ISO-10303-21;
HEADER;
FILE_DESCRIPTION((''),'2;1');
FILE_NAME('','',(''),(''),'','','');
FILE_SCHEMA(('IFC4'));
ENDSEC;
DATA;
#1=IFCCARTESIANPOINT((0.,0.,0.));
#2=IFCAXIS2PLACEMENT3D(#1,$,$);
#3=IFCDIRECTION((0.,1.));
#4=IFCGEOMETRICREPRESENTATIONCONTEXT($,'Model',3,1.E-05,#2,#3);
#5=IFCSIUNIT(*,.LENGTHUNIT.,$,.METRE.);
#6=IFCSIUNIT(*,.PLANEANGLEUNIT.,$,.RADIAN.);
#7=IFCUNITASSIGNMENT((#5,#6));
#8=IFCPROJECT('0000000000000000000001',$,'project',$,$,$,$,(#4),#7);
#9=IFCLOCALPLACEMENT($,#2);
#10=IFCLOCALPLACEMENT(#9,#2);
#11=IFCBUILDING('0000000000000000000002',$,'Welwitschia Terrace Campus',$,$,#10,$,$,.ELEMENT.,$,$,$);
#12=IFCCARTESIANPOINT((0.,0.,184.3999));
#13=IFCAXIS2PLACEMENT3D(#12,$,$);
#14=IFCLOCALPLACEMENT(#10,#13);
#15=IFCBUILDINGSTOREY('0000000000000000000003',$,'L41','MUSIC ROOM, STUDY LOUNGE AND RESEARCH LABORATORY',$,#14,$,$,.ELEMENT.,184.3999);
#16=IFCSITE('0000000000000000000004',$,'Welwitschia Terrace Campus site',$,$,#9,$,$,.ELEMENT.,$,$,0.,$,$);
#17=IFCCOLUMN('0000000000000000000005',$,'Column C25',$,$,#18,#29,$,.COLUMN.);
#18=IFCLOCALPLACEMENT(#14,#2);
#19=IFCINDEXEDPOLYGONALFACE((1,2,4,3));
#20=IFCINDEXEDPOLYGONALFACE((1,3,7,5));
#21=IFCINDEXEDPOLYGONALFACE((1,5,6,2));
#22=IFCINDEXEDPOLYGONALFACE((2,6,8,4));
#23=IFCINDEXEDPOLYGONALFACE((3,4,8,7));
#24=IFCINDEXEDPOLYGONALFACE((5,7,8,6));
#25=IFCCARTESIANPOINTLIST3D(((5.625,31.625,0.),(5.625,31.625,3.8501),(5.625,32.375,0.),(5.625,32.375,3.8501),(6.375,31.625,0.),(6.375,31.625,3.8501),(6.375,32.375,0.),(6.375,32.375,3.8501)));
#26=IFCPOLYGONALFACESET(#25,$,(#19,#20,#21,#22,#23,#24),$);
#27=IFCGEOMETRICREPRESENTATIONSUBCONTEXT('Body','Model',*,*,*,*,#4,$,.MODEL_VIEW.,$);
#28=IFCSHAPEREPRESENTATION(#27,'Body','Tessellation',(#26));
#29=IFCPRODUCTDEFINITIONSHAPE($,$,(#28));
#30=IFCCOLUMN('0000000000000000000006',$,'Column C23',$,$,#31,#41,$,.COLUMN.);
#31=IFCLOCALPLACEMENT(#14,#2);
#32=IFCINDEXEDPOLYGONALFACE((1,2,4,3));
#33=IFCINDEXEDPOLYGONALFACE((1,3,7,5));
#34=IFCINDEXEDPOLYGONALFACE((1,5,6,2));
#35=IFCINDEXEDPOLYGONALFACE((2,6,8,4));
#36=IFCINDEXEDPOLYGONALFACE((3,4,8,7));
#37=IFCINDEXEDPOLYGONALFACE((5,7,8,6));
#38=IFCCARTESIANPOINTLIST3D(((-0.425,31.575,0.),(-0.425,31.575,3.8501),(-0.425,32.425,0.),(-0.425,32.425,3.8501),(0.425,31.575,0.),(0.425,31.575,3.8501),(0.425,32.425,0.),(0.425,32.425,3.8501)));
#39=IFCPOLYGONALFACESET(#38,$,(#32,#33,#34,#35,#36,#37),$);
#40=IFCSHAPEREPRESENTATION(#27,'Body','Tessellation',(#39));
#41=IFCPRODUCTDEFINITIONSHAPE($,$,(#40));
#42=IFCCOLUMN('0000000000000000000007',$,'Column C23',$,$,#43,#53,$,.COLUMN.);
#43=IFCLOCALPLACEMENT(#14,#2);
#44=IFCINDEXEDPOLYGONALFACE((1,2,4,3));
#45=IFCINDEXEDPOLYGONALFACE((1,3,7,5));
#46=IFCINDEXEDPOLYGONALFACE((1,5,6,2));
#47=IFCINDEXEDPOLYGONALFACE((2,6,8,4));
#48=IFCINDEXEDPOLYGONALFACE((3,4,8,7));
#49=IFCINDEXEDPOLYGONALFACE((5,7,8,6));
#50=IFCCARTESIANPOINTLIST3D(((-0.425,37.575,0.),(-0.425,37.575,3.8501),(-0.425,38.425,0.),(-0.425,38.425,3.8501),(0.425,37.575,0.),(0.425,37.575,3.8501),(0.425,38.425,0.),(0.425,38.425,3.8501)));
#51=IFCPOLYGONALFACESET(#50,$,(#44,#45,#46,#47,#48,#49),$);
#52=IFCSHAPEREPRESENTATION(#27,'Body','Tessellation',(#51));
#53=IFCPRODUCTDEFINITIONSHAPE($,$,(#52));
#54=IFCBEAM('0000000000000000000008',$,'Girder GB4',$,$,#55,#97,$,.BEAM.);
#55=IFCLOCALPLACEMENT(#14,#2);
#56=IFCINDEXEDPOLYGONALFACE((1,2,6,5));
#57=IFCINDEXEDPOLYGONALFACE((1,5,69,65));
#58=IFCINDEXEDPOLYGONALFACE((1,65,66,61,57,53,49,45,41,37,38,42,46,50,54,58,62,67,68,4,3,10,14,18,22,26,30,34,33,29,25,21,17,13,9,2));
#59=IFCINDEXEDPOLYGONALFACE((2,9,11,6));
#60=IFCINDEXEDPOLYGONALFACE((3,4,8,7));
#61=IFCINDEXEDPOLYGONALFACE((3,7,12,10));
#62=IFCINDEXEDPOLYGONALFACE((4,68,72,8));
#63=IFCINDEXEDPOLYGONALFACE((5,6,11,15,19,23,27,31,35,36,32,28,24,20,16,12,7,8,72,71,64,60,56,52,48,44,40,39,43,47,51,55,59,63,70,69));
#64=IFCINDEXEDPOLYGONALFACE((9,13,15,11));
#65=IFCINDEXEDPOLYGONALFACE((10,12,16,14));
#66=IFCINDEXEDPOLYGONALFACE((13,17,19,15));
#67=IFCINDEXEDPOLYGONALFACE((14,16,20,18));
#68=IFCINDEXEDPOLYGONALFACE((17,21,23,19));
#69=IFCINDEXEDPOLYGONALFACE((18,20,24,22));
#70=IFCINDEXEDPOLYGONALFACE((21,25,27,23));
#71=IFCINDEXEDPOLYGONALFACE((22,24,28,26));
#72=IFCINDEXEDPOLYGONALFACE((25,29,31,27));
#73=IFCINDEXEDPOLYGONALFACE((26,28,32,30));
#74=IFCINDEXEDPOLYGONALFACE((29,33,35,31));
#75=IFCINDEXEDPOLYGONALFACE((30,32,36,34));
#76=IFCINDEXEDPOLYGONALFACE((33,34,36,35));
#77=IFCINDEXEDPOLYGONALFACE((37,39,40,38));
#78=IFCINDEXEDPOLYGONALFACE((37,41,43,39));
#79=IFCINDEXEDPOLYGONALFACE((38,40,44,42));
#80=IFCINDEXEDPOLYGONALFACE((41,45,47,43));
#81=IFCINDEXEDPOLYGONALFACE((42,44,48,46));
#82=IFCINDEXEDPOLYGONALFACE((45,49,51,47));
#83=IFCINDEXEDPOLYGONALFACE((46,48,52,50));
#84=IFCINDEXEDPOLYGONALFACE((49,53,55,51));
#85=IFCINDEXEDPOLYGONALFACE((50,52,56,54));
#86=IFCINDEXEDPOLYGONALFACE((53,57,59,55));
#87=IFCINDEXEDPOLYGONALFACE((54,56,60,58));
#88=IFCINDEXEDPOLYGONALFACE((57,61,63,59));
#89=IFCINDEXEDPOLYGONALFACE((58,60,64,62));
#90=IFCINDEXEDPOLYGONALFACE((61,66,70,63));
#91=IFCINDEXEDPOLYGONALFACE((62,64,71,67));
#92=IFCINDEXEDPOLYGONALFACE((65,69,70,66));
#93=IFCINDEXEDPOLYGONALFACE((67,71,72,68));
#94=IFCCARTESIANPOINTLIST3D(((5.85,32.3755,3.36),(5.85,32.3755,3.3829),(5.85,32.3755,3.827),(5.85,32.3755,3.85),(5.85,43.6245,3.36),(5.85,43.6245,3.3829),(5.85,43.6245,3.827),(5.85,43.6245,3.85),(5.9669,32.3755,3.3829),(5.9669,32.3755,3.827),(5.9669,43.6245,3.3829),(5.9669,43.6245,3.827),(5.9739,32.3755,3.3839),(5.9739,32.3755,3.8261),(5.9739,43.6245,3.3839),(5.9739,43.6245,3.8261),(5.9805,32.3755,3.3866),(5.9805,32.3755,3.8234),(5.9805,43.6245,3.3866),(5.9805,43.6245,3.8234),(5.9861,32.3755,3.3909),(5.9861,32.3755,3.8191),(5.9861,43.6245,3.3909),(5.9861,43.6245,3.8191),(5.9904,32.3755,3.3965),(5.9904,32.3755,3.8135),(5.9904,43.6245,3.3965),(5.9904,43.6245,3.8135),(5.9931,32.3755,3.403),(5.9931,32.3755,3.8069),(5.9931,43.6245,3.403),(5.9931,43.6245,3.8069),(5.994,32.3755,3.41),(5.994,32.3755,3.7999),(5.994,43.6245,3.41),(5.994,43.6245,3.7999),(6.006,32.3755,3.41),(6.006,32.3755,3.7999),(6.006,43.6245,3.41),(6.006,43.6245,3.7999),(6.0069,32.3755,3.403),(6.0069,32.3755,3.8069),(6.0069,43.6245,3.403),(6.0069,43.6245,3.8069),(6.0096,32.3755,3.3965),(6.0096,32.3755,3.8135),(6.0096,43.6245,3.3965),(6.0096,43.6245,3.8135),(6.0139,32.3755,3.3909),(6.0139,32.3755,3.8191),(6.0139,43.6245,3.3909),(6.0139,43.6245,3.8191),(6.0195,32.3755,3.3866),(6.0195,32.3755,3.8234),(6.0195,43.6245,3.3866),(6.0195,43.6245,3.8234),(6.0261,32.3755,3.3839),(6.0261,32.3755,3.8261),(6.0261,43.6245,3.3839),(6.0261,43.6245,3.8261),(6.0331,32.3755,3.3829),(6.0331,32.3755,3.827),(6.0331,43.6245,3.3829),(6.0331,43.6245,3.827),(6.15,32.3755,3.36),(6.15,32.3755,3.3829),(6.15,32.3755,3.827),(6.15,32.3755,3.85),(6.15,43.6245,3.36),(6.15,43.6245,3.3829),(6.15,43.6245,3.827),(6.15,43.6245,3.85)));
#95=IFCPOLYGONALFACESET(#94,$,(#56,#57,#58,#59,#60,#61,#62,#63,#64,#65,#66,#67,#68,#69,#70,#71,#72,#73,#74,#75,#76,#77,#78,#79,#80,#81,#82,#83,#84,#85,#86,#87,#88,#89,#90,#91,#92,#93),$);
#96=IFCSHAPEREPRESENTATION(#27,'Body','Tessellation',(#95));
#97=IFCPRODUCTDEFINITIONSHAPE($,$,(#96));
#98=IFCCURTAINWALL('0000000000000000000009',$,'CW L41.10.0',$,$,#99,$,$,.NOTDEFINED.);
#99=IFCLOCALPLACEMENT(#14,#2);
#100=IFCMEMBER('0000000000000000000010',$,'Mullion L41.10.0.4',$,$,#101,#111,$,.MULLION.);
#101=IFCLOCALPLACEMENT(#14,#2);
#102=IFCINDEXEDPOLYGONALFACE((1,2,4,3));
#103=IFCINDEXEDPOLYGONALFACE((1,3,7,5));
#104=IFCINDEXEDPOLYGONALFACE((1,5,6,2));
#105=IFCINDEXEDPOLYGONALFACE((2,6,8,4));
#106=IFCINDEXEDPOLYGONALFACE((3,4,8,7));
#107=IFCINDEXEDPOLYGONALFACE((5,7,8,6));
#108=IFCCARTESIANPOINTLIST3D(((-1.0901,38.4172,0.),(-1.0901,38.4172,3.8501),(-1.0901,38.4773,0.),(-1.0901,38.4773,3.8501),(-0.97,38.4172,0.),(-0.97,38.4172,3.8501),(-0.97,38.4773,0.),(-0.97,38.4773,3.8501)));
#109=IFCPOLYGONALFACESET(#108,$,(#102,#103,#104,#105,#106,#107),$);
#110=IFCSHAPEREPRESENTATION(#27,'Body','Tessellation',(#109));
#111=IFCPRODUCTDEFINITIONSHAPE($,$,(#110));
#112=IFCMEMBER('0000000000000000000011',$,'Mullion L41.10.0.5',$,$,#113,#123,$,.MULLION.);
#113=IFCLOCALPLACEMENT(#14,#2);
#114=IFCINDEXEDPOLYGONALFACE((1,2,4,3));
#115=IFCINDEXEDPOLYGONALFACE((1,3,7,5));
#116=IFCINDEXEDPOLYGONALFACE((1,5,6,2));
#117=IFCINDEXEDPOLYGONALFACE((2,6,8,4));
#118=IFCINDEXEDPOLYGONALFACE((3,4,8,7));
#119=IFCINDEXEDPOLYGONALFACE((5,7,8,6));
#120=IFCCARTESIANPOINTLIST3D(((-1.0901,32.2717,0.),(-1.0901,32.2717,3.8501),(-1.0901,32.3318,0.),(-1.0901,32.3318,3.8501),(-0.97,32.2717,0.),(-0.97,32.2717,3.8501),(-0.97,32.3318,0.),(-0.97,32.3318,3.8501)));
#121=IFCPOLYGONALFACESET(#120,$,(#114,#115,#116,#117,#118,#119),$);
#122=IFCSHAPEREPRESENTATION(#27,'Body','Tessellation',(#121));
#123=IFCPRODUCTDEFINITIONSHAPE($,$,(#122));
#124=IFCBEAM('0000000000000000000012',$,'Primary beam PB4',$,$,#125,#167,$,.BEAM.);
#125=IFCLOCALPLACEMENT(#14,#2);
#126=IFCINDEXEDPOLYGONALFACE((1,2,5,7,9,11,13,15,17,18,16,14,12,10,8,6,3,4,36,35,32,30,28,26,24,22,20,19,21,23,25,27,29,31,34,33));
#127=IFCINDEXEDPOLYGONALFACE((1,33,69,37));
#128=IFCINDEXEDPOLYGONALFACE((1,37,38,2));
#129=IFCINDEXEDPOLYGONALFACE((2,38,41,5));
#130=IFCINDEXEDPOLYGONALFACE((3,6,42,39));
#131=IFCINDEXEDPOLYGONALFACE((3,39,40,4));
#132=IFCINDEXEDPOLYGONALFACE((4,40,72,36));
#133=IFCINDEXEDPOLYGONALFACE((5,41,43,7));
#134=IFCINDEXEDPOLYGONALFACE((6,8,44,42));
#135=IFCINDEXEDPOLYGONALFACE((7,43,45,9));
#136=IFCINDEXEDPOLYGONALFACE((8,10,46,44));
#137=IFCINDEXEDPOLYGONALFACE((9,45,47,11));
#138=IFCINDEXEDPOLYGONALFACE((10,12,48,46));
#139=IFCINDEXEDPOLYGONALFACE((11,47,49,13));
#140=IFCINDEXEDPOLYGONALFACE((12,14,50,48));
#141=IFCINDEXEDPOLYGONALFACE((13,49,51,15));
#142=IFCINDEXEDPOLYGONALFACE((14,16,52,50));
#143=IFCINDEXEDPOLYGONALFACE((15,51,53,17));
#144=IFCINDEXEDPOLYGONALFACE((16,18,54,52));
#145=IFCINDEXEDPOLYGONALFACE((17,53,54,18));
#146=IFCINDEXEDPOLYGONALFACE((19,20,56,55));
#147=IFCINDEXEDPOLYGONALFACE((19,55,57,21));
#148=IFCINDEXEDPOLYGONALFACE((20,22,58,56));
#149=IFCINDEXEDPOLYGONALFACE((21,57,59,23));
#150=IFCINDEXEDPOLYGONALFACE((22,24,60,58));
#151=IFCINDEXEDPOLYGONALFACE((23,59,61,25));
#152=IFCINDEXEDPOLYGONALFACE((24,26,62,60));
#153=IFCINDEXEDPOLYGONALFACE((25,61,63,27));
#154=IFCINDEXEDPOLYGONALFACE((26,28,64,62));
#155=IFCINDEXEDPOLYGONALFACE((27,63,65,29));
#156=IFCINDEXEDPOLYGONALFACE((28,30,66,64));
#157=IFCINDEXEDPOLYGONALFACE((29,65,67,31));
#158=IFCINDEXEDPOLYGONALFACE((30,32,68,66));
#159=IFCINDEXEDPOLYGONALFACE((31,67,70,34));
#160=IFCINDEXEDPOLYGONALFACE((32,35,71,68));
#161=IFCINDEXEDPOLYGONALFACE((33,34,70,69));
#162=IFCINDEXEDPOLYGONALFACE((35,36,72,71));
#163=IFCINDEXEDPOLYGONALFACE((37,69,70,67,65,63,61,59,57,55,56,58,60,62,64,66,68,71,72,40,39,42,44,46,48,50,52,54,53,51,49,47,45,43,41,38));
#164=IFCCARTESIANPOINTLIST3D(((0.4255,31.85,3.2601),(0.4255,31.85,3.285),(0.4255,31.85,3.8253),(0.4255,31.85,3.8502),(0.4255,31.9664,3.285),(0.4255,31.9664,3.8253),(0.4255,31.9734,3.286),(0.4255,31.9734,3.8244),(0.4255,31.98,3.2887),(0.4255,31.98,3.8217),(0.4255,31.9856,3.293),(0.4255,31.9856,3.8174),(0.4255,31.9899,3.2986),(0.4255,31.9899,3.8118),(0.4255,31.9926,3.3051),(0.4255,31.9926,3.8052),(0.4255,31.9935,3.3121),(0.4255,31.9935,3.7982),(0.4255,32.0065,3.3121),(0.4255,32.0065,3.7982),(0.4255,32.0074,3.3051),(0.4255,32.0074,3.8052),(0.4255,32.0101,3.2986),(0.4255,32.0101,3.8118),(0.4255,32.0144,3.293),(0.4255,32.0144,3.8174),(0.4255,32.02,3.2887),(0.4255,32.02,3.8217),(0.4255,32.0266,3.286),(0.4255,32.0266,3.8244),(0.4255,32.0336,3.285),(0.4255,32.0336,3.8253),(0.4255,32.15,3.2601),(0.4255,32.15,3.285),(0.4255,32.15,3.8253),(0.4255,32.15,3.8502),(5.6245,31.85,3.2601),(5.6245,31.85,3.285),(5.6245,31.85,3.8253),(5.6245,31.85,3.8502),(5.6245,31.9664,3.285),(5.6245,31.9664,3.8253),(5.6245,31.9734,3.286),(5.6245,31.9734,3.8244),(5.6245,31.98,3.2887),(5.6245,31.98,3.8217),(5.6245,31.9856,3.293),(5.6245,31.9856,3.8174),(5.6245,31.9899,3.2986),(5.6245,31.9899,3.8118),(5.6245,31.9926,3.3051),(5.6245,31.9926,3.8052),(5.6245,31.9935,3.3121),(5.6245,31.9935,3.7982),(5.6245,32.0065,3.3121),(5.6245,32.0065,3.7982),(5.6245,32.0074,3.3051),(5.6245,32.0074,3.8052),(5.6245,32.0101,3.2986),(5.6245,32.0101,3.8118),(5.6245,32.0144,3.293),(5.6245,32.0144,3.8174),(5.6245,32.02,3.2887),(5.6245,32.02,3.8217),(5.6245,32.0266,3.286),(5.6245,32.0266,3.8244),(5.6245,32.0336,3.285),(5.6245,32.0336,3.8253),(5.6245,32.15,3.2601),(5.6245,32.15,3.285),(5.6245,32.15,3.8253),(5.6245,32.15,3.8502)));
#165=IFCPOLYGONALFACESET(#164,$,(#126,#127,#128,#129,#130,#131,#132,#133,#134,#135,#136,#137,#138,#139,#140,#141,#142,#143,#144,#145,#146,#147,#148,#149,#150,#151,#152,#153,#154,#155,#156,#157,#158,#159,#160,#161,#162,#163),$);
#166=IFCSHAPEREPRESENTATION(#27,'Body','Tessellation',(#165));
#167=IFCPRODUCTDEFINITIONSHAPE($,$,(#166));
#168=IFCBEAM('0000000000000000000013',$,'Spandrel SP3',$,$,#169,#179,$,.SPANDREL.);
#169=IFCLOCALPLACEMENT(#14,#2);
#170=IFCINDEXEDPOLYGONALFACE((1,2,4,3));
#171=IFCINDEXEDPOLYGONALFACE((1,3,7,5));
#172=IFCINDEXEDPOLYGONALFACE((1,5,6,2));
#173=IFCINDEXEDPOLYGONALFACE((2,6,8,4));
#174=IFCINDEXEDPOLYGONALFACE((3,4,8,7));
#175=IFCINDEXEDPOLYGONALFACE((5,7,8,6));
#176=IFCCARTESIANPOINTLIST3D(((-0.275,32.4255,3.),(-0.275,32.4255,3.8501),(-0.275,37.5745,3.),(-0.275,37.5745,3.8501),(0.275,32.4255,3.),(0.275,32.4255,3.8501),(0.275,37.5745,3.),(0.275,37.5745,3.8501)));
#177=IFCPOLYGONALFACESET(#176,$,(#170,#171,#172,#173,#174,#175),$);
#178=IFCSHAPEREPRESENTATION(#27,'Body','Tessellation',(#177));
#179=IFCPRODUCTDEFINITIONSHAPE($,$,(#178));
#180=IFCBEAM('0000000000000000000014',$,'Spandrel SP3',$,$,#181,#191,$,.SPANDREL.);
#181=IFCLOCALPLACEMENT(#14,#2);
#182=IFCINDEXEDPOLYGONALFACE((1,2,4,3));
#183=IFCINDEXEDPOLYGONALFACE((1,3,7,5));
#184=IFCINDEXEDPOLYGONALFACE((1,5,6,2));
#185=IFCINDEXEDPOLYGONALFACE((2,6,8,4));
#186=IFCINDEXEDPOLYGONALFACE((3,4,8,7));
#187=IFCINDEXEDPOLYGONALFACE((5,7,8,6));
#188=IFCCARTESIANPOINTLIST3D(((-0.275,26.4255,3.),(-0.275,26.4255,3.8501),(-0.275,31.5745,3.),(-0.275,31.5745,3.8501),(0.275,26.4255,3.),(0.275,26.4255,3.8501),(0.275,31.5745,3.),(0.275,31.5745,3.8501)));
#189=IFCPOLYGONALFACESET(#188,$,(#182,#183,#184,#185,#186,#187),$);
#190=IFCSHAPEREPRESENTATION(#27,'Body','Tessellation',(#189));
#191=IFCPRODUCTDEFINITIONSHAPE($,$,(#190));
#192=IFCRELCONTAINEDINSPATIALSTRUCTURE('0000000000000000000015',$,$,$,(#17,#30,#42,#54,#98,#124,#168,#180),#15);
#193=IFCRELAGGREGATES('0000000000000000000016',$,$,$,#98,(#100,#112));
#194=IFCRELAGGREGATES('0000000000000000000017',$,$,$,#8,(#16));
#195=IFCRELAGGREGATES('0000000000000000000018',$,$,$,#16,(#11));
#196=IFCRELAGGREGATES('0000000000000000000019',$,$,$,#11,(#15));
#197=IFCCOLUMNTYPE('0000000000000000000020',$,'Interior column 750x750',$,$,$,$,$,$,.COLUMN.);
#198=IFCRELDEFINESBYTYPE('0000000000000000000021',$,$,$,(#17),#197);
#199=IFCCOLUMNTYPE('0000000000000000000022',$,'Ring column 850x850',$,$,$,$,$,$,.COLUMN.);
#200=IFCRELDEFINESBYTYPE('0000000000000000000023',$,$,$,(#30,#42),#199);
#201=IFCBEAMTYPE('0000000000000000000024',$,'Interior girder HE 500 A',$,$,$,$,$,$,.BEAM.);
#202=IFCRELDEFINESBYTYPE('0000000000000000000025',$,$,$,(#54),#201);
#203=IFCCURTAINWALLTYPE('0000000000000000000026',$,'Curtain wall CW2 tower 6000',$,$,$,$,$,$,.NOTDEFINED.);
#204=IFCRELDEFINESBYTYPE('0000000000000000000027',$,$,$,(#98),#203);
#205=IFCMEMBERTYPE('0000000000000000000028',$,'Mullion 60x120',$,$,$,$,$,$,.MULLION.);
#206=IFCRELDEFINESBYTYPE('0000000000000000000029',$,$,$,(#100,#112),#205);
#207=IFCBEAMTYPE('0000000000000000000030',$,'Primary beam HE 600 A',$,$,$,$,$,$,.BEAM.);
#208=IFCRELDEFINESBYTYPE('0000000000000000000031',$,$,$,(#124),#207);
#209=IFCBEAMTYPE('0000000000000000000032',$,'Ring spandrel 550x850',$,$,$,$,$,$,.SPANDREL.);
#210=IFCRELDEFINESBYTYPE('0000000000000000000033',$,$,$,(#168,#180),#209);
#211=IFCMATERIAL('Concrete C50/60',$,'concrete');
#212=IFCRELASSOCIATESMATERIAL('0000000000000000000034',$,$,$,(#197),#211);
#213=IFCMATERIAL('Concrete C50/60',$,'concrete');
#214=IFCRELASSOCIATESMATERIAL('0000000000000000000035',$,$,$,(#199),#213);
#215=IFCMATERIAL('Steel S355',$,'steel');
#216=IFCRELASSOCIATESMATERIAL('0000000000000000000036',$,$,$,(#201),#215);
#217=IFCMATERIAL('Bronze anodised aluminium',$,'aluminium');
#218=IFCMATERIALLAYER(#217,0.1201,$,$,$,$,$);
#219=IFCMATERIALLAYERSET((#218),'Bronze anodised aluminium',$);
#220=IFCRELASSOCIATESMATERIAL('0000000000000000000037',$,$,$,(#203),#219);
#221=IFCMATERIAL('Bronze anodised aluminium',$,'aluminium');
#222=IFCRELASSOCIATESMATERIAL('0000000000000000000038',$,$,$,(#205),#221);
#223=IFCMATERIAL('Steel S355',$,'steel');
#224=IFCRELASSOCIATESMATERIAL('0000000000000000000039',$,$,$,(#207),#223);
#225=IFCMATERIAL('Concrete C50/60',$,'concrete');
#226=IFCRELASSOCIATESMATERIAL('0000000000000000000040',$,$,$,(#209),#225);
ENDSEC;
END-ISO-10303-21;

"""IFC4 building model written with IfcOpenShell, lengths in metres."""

from ifc_helpers import new_model, si_unit, direction, frame, origin, origin_2d, place, context, subcontext, project, spatial, rectangle, i_section, extrude, material, layer, layer_set, material_profile, profile_set, type_object, element, aggregate, save


model = new_model("IFC4")

# Units and contexts
model_context = context("Model", 3, precision=1e-05, world=origin(), true_north=direction((0.0, 1.0)))
body_context = subcontext(model_context, "Body", "Model", "MODEL_VIEW")
ifc_project = project(units=[si_unit("LENGTHUNIT", "METRE"), si_unit("PLANEANGLEUNIT", "RADIAN")], contexts=[model_context])

# Site, building, storey
site_placement = place(None, origin())
site = spatial("IfcSite", under=ifc_project, at=site_placement, Name="Welwitschia Terrace Campus site", CompositionType="ELEMENT", RefElevation=0.0)
building_placement = place(site_placement, origin())
building = spatial("IfcBuilding", under=site, at=building_placement, Name="Welwitschia Terrace Campus", CompositionType="ELEMENT")
storey_placement = place(building_placement, frame((0.0, 0.0, 184.3999)))
storey = spatial("IfcBuildingStorey", under=building, at=storey_placement, Name="L41", Description="MUSIC ROOM, STUDY LOUNGE AND RESEARCH LABORATORY", CompositionType="ELEMENT", Elevation=184.3999)

# Columns
ifc_material_1 = material(Name="Concrete C50/60", Category="concrete")
ifc_material_profile_1 = material_profile(ifc_material_1, rectangle(XDim=0.75, YDim=0.75, at=origin_2d()))
ifc_profile_set_1 = profile_set([ifc_material_profile_1], Name="Concrete C50/60")
column_type_1 = type_object("IfcColumnType", Name="Interior column 750x750", PredefinedType="COLUMN", material=ifc_profile_set_1)
column_placement = place(storey_placement, frame((6.0, 32.0, 0.0), z_axis=(0.0, 0.0, 1.0), x_axis=(1.0, 0.0, 0.0)))
element("IfcColumn", 1, at=column_placement, inside=storey, type_object=column_type_1, Name="Column C25", PredefinedType="COLUMN", context=body_context, shape_type="SweptSolid", body=[
    extrude(rectangle(XDim=0.75, YDim=0.75, at=origin_2d()), origin(), (0.0, 0.0, 1.0), 3.8501),
])
ifc_material_2 = material(Name="Concrete C50/60", Category="concrete")
ifc_material_profile_2 = material_profile(ifc_material_2, rectangle(XDim=0.8501, YDim=0.8501, at=origin_2d()))
ifc_profile_set_2 = profile_set([ifc_material_profile_2], Name="Concrete C50/60")
column_type_2 = type_object("IfcColumnType", Name="Ring column 850x850", PredefinedType="COLUMN", material=ifc_profile_set_2)
for number, where, z_axis, x_axis, name in (
    (2, (0.0, 32.0, 0.0), (0.0, 0.0, 1.0), (1.0, 0.0, 0.0), "Column C23"),
    (3, (0.0, 38.0, 0.0), (0.0, 0.0, 1.0), (1.0, 0.0, 0.0), "Column C23"),
):
    element("IfcColumn", number, at=place(storey_placement, frame(where, z_axis=z_axis, x_axis=x_axis)), inside=storey, type_object=column_type_2, Name=name, PredefinedType="COLUMN", context=body_context, shape_type="SweptSolid", body=[
        extrude(rectangle(XDim=0.8501, YDim=0.8501, at=origin_2d()), origin(), (0.0, 0.0, 1.0), 3.8501),
    ])

# Beam
ifc_material_3 = material(Name="Steel S355", Category="steel")
ifc_material_profile_3 = material_profile(ifc_material_3, i_section(OverallWidth=0.3, OverallDepth=0.49, WebThickness=0.012, FlangeThickness=0.0229, FilletRadius=0.0271, at=origin_2d()))
ifc_profile_set_3 = profile_set([ifc_material_profile_3], Name="Steel S355")
beam_type_1 = type_object("IfcBeamType", Name="Interior girder HE 500 A", PredefinedType="BEAM", material=ifc_profile_set_3)
beam_1_placement = place(storey_placement, frame((6.0, 32.3755, 3.605), z_axis=(0.0, 1.0, 0.0), x_axis=(-1.0, 0.0, 0.0)))
element("IfcBeam", 4, at=beam_1_placement, inside=storey, type_object=beam_type_1, Name="Girder GB4", PredefinedType="BEAM", context=body_context, shape_type="SweptSolid", body=[
    extrude(i_section(OverallWidth=0.3, OverallDepth=0.49, WebThickness=0.012, FlangeThickness=0.0229, FilletRadius=0.0271, at=origin_2d()), origin(), (0.0, 0.0, 1.0), 11.249),
])

# Curtain wall, members
ifc_material_4 = material(Name="Bronze anodised aluminium", Category="aluminium")
ifc_layer_1 = layer(ifc_material_4, 0.1201)
ifc_layer_set_1 = layer_set([ifc_layer_1], Name="Bronze anodised aluminium")
curtain_wall_type = type_object("IfcCurtainWallType", Name="Curtain wall CW2 tower 6000", PredefinedType="NOTDEFINED", material=ifc_layer_set_1)
curtain_wall_placement = place(storey_placement, origin())
curtain_wall = element("IfcCurtainWall", 5, at=curtain_wall_placement, inside=storey, type_object=curtain_wall_type, Name="CW L41.10.0", PredefinedType="NOTDEFINED")
ifc_material_5 = material(Name="Bronze anodised aluminium", Category="aluminium")
ifc_material_profile_4 = material_profile(ifc_material_5, rectangle(XDim=0.1201, YDim=0.0601, at=origin_2d()))
ifc_profile_set_4 = profile_set([ifc_material_profile_4], Name="Bronze anodised aluminium")
member_type = type_object("IfcMemberType", Name="Mullion 60x120", PredefinedType="MULLION", material=ifc_profile_set_4)
member_1_placement = place(storey_placement, frame((-1.03, 38.4473, 0.0), z_axis=(0.0, 0.0, 1.0), x_axis=(1.0, 0.0, 0.0)))
member_1 = element("IfcMember", 6, at=member_1_placement, type_object=member_type, Name="Mullion L41.10.0.4", PredefinedType="MULLION", context=body_context, shape_type="SweptSolid", body=[
    extrude(rectangle(XDim=0.1201, YDim=0.0601, at=origin_2d()), origin(), (0.0, 0.0, 1.0), 3.8501),
])
member_2_placement = place(storey_placement, frame((-1.03, 32.3018, 0.0), z_axis=(0.0, 0.0, 1.0), x_axis=(1.0, 0.0, 0.0)))
member_2 = element("IfcMember", 7, at=member_2_placement, type_object=member_type, Name="Mullion L41.10.0.5", PredefinedType="MULLION", context=body_context, shape_type="SweptSolid", body=[
    extrude(rectangle(XDim=0.1201, YDim=0.0601, at=origin_2d()), origin(), (0.0, 0.0, 1.0), 3.8501),
])

# Beams
ifc_material_6 = material(Name="Steel S355", Category="steel")
ifc_material_profile_5 = material_profile(ifc_material_6, i_section(OverallWidth=0.3, OverallDepth=0.5901, WebThickness=0.0129, FlangeThickness=0.0249, FilletRadius=0.0271, at=origin_2d()))
ifc_profile_set_5 = profile_set([ifc_material_profile_5], Name="Steel S355")
beam_type_2 = type_object("IfcBeamType", Name="Primary beam HE 600 A", PredefinedType="BEAM", material=ifc_profile_set_5)
beam_2_placement = place(storey_placement, frame((0.4255, 32.0, 3.5552), z_axis=(1.0, 0.0, 0.0), x_axis=(0.0, 1.0, 0.0)))
element("IfcBeam", 8, at=beam_2_placement, inside=storey, type_object=beam_type_2, Name="Primary beam PB4", PredefinedType="BEAM", context=body_context, shape_type="SweptSolid", body=[
    extrude(i_section(OverallWidth=0.3, OverallDepth=0.5901, WebThickness=0.0129, FlangeThickness=0.0249, FilletRadius=0.0271, at=origin_2d()), origin(), (0.0, 0.0, 1.0), 5.199),
])
ifc_material_7 = material(Name="Concrete C50/60", Category="concrete")
ifc_material_profile_6 = material_profile(ifc_material_7, rectangle(XDim=0.55, YDim=0.8501, at=origin_2d()))
ifc_profile_set_6 = profile_set([ifc_material_profile_6], Name="Concrete C50/60")
beam_type_3 = type_object("IfcBeamType", Name="Ring spandrel 550x850", PredefinedType="SPANDREL", material=ifc_profile_set_6)
for number, where, z_axis, x_axis, name in (
    (9, (0.0, 37.5745, 3.425), (0.0, -1.0, 0.0), (1.0, 0.0, 0.0), "Spandrel SP3"),
    (10, (0.0, 31.5745, 3.425), (0.0, -1.0, 0.0), (1.0, 0.0, 0.0), "Spandrel SP3"),
):
    element("IfcBeam", number, at=place(storey_placement, frame(where, z_axis=z_axis, x_axis=x_axis)), inside=storey, type_object=beam_type_3, Name=name, PredefinedType="SPANDREL", context=body_context, shape_type="SweptSolid", body=[
        extrude(rectangle(XDim=0.55, YDim=0.8501, at=origin_2d()), origin(), (0.0, 0.0, 1.0), 5.1489),
    ])

aggregate(curtain_wall, [member_1, member_2])

save(model, "model.ifc")
